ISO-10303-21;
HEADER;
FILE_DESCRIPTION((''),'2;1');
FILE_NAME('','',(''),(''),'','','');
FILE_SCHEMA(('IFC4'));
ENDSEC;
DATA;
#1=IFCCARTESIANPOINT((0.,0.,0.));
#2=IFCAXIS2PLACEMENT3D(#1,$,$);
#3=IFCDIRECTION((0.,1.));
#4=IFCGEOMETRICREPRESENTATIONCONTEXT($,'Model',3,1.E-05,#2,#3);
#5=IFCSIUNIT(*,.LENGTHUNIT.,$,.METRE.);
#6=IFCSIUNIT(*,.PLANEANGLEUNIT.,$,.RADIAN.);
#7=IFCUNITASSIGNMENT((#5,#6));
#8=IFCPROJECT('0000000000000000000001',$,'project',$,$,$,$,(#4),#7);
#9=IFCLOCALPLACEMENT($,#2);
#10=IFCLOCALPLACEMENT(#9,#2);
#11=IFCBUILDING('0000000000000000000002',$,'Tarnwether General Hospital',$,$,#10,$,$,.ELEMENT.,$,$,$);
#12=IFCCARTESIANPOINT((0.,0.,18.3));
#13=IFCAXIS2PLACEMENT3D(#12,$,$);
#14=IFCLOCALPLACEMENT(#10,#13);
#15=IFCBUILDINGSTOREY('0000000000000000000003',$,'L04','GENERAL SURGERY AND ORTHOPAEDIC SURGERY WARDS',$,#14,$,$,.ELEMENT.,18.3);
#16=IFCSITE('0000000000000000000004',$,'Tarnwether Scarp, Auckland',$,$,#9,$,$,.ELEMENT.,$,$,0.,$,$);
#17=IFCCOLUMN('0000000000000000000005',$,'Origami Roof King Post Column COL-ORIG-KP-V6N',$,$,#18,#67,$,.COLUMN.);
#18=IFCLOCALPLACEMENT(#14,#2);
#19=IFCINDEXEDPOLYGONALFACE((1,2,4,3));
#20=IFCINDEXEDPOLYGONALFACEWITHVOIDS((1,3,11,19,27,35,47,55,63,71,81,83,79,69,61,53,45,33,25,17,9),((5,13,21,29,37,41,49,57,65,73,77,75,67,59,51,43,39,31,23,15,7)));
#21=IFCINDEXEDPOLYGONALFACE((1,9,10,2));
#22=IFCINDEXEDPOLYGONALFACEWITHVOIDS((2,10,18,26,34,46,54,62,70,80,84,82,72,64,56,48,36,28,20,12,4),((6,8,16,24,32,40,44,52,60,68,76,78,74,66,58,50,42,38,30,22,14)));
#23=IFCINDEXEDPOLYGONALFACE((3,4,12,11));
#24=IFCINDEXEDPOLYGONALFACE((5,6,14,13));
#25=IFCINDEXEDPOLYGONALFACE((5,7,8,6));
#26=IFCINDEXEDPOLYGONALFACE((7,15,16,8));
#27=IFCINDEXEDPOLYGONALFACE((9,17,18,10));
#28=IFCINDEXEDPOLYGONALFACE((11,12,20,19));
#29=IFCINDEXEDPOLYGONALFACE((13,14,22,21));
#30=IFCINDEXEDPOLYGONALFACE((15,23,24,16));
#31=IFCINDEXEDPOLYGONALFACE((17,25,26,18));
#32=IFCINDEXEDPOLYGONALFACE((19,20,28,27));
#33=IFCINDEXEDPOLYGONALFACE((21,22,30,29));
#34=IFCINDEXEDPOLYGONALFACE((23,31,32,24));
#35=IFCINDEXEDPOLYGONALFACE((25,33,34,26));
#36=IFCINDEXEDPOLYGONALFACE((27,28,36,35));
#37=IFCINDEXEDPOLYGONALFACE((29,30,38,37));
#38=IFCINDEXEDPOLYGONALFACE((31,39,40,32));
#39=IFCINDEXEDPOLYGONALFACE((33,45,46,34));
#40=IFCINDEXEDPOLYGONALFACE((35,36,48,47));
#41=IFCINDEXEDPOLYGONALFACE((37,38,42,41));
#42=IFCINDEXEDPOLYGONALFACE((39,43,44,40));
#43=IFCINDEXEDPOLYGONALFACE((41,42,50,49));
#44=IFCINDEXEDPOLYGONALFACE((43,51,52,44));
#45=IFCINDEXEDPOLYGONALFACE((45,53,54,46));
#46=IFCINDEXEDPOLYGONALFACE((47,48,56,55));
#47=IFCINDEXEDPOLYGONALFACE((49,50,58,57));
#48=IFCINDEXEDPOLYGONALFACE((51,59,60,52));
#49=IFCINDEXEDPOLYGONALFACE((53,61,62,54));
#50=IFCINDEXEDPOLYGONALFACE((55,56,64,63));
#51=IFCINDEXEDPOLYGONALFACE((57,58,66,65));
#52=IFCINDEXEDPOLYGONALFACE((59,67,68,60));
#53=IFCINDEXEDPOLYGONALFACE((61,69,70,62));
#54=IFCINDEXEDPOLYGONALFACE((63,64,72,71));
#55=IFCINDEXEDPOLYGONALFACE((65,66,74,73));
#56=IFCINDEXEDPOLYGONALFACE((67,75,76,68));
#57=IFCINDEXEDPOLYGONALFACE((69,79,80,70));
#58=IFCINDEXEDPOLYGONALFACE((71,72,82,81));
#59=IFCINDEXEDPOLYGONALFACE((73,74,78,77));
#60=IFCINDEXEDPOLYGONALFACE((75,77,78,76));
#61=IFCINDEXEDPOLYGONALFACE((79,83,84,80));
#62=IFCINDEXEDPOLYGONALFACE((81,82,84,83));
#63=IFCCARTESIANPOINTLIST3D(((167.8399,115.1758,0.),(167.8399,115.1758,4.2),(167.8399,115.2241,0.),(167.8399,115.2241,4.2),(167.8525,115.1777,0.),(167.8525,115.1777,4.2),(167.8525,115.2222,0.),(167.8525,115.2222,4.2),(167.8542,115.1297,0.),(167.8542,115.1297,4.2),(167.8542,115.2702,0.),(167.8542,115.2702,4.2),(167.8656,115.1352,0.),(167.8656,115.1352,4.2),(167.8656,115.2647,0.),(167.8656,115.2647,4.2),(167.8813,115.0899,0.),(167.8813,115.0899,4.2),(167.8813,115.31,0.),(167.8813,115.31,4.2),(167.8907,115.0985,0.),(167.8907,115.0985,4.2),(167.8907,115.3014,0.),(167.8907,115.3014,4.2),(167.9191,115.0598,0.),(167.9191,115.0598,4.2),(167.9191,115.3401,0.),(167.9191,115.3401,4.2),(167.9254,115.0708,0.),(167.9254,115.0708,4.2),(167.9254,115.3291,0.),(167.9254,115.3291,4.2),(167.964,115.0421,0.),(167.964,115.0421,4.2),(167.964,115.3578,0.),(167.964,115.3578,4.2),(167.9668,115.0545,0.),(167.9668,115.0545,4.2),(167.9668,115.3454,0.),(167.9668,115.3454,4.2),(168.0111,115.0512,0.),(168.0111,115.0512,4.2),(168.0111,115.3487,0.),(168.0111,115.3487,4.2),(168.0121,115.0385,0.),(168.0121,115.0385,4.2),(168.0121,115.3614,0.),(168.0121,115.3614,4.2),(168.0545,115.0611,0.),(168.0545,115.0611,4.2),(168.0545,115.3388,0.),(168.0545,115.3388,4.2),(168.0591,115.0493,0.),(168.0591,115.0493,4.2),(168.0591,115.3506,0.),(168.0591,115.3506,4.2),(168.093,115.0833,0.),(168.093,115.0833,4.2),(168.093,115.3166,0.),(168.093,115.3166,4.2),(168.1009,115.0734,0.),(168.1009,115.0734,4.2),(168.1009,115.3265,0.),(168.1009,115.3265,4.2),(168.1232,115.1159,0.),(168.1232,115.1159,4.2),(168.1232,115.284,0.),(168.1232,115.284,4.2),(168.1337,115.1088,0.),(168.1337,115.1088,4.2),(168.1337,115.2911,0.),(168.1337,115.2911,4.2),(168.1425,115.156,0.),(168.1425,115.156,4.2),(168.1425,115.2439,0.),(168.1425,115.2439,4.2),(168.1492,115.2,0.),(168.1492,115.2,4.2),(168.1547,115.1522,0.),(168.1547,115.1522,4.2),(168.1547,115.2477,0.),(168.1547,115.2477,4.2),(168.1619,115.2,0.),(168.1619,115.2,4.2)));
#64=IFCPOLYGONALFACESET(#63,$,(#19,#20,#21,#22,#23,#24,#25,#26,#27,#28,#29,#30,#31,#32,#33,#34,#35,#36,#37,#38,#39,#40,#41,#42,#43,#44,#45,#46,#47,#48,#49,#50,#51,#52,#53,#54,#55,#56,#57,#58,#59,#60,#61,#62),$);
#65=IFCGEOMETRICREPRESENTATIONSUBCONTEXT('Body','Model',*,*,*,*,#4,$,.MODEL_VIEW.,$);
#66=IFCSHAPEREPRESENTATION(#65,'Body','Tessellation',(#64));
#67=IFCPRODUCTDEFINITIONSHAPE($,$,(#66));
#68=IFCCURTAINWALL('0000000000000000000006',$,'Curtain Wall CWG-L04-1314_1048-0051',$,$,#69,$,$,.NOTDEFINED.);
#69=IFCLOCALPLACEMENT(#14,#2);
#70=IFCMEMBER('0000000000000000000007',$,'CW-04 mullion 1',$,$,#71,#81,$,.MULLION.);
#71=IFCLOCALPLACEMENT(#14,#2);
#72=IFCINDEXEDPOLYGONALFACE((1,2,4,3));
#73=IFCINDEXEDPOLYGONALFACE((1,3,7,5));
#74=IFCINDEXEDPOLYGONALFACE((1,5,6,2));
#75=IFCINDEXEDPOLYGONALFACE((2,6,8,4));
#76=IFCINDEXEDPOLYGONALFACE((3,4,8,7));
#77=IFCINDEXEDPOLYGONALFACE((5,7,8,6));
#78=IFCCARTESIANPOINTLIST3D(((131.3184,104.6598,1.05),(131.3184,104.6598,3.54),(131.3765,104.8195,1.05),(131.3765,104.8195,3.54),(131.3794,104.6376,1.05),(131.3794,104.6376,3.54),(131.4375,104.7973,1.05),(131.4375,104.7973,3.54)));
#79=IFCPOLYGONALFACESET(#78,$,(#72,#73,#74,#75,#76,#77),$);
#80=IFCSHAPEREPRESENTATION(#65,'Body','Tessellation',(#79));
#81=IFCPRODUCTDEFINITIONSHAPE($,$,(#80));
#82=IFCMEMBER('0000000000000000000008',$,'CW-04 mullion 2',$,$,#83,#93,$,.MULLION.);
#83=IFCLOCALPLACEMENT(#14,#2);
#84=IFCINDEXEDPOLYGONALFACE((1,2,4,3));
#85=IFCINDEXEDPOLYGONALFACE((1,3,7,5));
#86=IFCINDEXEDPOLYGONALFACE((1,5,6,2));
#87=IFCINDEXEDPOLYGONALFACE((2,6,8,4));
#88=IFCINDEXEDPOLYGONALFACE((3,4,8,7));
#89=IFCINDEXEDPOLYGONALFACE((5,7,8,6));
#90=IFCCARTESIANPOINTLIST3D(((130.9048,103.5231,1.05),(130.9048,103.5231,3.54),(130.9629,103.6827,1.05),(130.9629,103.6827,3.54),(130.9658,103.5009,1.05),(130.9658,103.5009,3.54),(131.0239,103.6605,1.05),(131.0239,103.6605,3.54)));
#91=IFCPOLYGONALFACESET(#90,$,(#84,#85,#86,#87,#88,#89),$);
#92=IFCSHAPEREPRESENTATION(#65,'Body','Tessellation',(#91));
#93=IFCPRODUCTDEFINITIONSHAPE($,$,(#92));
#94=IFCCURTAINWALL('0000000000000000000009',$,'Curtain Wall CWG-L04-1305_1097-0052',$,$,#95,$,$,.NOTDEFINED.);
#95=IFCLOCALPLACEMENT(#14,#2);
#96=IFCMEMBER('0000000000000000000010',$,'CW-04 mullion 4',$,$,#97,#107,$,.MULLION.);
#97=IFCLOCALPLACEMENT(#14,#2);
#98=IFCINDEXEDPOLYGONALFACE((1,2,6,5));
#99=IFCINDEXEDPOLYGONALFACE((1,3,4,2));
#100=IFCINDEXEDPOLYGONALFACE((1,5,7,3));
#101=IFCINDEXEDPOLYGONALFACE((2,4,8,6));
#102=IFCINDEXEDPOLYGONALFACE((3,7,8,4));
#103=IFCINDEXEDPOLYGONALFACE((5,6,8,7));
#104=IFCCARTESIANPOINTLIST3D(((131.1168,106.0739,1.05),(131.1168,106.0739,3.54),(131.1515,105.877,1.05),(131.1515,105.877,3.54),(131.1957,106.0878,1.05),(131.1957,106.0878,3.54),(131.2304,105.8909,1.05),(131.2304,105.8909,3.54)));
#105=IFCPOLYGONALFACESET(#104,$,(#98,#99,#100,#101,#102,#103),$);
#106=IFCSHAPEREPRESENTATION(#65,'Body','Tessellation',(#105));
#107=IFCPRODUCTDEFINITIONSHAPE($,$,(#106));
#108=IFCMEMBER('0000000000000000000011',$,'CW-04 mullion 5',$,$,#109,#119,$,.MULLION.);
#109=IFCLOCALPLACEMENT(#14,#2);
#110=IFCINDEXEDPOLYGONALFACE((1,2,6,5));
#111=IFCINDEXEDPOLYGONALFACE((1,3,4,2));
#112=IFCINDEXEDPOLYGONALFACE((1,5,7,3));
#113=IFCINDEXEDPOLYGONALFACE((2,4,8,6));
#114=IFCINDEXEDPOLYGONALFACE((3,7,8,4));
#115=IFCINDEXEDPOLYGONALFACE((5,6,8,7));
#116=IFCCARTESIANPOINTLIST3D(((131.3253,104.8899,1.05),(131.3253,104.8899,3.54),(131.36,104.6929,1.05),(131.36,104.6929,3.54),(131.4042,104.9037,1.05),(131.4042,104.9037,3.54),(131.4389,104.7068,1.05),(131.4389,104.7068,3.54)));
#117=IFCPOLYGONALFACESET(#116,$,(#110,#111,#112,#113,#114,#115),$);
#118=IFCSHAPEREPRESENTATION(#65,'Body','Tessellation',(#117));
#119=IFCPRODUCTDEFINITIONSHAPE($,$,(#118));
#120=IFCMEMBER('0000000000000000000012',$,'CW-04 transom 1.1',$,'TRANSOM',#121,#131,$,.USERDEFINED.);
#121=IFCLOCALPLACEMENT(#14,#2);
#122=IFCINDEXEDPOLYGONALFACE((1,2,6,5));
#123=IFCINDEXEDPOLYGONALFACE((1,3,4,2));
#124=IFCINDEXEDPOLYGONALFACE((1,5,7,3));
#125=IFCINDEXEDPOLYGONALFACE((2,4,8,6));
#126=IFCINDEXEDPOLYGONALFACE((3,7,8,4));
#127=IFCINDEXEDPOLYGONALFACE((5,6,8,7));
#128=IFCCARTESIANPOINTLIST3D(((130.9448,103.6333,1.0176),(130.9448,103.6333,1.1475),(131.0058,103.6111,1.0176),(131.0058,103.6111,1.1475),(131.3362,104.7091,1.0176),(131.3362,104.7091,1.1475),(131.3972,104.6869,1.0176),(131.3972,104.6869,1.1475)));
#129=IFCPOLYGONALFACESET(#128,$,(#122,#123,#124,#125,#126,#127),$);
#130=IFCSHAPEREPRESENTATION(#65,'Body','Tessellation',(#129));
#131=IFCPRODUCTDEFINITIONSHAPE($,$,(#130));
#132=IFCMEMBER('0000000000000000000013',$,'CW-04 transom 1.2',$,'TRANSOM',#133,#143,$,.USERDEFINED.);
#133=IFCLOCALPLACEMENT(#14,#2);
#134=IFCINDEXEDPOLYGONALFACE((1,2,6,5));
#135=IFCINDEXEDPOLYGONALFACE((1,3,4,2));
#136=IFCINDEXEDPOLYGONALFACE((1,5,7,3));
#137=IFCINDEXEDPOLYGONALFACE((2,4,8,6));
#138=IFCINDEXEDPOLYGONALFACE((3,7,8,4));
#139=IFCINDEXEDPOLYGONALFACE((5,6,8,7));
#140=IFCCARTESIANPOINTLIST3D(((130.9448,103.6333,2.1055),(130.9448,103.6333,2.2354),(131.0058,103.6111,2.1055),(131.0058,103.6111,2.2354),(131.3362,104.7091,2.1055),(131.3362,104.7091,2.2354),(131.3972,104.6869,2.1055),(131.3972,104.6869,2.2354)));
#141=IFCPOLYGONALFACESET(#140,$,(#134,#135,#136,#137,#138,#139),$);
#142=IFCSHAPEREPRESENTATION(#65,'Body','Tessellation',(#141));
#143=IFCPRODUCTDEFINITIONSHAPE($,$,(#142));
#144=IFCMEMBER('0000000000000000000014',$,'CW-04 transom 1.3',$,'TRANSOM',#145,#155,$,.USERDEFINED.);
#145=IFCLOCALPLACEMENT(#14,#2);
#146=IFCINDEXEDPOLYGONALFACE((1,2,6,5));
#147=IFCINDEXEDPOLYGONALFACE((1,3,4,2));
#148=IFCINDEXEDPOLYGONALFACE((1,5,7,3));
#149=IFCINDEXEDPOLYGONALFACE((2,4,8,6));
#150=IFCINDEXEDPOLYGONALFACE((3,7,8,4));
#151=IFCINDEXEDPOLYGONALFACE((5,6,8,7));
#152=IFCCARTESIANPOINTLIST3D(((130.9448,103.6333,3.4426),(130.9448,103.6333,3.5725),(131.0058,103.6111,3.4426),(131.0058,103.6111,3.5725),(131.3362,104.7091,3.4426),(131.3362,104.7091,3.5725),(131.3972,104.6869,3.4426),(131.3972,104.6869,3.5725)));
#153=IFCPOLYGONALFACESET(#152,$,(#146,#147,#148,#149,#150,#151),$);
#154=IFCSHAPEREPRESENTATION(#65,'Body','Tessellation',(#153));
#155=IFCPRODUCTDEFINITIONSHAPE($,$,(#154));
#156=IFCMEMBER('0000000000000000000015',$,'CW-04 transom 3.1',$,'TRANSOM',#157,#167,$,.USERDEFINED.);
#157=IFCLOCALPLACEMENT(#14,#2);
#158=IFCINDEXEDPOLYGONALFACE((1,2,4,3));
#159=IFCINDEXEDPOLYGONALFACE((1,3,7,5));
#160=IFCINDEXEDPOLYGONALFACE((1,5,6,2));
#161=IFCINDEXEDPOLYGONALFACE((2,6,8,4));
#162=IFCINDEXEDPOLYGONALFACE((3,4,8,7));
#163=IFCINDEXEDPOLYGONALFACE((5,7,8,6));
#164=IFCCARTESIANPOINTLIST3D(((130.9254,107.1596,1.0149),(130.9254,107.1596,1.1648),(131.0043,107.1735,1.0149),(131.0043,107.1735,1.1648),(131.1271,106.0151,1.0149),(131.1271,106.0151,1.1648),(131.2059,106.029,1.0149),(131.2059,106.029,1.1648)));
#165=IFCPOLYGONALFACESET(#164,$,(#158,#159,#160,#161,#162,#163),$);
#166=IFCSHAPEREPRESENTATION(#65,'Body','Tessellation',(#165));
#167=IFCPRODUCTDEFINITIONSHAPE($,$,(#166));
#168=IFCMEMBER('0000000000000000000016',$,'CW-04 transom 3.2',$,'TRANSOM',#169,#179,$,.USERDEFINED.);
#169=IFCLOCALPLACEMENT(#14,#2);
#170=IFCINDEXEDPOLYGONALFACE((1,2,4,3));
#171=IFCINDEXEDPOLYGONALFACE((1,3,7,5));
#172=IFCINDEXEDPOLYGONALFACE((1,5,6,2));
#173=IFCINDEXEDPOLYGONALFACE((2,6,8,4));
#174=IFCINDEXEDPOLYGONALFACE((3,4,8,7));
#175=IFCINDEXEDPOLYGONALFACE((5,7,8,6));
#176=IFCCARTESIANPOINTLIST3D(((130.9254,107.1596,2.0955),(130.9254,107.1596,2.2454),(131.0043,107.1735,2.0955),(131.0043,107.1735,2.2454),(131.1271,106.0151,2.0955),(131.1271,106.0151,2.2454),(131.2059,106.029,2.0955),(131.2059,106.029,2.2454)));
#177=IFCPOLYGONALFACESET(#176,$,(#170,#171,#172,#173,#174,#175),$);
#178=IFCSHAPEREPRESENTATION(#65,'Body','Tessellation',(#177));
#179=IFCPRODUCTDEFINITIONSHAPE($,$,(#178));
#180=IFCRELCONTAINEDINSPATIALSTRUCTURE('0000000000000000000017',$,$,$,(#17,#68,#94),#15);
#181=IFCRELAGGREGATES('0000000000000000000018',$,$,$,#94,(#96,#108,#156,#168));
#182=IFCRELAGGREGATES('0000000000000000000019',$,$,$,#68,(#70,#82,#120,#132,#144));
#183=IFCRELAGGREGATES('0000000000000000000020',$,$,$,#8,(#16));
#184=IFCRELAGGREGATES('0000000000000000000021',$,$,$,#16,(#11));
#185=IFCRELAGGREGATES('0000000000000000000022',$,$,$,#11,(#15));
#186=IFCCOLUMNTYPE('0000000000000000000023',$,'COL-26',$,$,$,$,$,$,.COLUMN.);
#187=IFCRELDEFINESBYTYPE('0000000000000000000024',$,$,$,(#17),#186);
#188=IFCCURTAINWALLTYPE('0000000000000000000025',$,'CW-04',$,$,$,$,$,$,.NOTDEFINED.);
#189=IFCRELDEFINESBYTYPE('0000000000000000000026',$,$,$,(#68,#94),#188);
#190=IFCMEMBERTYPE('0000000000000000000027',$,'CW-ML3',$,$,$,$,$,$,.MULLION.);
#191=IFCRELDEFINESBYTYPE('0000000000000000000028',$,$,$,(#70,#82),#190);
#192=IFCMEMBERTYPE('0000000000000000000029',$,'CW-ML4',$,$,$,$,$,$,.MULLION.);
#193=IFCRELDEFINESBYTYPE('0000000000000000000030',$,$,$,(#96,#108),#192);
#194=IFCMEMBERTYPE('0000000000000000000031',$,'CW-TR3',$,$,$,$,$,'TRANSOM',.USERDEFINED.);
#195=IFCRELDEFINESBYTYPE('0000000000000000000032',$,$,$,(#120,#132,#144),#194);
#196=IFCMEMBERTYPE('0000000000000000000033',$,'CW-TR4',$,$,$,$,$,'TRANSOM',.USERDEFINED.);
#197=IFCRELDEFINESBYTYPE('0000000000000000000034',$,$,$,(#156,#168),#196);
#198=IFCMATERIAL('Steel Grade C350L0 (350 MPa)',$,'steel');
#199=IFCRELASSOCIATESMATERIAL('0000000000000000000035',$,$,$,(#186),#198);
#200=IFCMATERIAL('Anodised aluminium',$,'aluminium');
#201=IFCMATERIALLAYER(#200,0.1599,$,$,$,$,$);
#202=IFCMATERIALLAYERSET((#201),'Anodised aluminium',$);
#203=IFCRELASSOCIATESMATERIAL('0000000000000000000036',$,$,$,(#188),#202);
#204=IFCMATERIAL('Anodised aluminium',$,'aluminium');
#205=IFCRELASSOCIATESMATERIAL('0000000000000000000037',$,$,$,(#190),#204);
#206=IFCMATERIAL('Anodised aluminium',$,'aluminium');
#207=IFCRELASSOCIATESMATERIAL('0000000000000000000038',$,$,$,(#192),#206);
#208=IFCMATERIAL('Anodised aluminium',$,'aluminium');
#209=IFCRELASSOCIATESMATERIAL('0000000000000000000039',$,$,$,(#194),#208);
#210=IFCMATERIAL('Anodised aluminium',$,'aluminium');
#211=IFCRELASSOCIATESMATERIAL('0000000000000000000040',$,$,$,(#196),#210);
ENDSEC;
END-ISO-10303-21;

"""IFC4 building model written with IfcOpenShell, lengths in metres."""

from ifc_helpers import new_model, si_unit, direction, frame, origin, origin_2d, place, context, subcontext, project, spatial, rectangle, hollow_circle, extrude, material, layer, layer_set, material_profile, profile_set, type_object, element, aggregate, save


model = new_model("IFC4")

# Units and contexts
model_context = context("Model", 3, precision=1e-05, world=origin(), true_north=direction((0.0, 1.0)))
body_context = subcontext(model_context, "Body", "Model", "MODEL_VIEW")
ifc_project = project(units=[si_unit("LENGTHUNIT", "METRE"), si_unit("PLANEANGLEUNIT", "RADIAN")], contexts=[model_context])

# Site, building, storey
site_placement = place(None, origin())
site = spatial("IfcSite", under=ifc_project, at=site_placement, Name="Tarnwether Scarp, Auckland", CompositionType="ELEMENT", RefElevation=0.0)
building_placement = place(site_placement, origin())
building = spatial("IfcBuilding", under=site, at=building_placement, Name="Tarnwether General Hospital", CompositionType="ELEMENT")
storey_placement = place(building_placement, frame((0.0, 0.0, 18.3)))
storey = spatial("IfcBuildingStorey", under=building, at=storey_placement, Name="L04", Description="GENERAL SURGERY AND ORTHOPAEDIC SURGERY WARDS", CompositionType="ELEMENT", Elevation=18.3)

# Column
ifc_material_1 = material(Name="Steel Grade C350L0 (350 MPa)", Category="steel")
ifc_material_profile_1 = material_profile(ifc_material_1, hollow_circle(Radius=0.1619, WallThickness=0.0127, at=origin_2d()), Name="CHS323.9x12.7")
ifc_profile_set_1 = profile_set([ifc_material_profile_1], Name="Steel Grade C350L0 (350 MPa)")
column_type = type_object("IfcColumnType", Name="COL-26", PredefinedType="COLUMN", material=ifc_profile_set_1)
column_placement = place(storey_placement, frame((168.0, 115.2, 0.0), z_axis=(0.0, 0.0, 1.0), x_axis=(1.0, 0.0, 0.0)))
element("IfcColumn", 1, at=column_placement, inside=storey, type_object=column_type, Name="Origami Roof King Post Column COL-ORIG-KP-V6N", PredefinedType="COLUMN", context=body_context, shape_type="SweptSolid", body=[
    extrude(hollow_circle(Radius=0.1619, WallThickness=0.0127, at=origin_2d()), origin(), (0.0, 0.0, 1.0), 4.2),
])

# Curtain walls, members
ifc_material_2 = material(Name="Anodised aluminium", Category="aluminium")
ifc_layer_1 = layer(ifc_material_2, 0.1599)
ifc_layer_set_1 = layer_set([ifc_layer_1], Name="Anodised aluminium")
curtain_wall_type = type_object("IfcCurtainWallType", Name="CW-04", PredefinedType="NOTDEFINED", material=ifc_layer_set_1)
curtain_wall_1_placement = place(storey_placement, origin())
curtain_wall_1 = element("IfcCurtainWall", 2, at=curtain_wall_1_placement, inside=storey, type_object=curtain_wall_type, Name="Curtain Wall CWG-L04-1314_1048-0051", PredefinedType="NOTDEFINED")
ifc_material_3 = material(Name="Anodised aluminium", Category="aluminium")
ifc_material_profile_2 = material_profile(ifc_material_3, rectangle(XDim=0.0649, YDim=0.1699, at=origin_2d()), Name="ALU-MUL-65x170")
ifc_profile_set_2 = profile_set([ifc_material_profile_2], Name="Anodised aluminium")
member_type_1 = type_object("IfcMemberType", Name="CW-ML3", PredefinedType="MULLION", material=ifc_profile_set_2)
member_1_placement = place(storey_placement, frame((131.3779, 104.7285, 1.05), z_axis=(0.0, 0.0, 1.0), x_axis=(0.939717, -0.341953, 0.0)))
member_1 = element("IfcMember", 3, at=member_1_placement, type_object=member_type_1, Name="CW-04 mullion 1", PredefinedType="MULLION", context=body_context, shape_type="SweptSolid", body=[
    extrude(rectangle(XDim=0.0649, YDim=0.1699, at=origin_2d()), origin(), (0.0, 0.0, 1.0), 2.49),
])
member_2_placement = place(storey_placement, frame((130.9644, 103.5918, 1.05), z_axis=(0.0, 0.0, 1.0), x_axis=(0.939717, -0.341953, 0.0)))
member_2 = element("IfcMember", 4, at=member_2_placement, type_object=member_type_1, Name="CW-04 mullion 2", PredefinedType="MULLION", context=body_context, shape_type="SweptSolid", body=[
    extrude(rectangle(XDim=0.0649, YDim=0.1699, at=origin_2d()), origin(), (0.0, 0.0, 1.0), 2.49),
])
curtain_wall_2_placement = place(storey_placement, origin())
curtain_wall_2 = element("IfcCurtainWall", 5, at=curtain_wall_2_placement, inside=storey, type_object=curtain_wall_type, Name="Curtain Wall CWG-L04-1305_1097-0052", PredefinedType="NOTDEFINED")
ifc_material_4 = material(Name="Anodised aluminium", Category="aluminium")
ifc_material_profile_3 = material_profile(ifc_material_4, rectangle(XDim=0.0801, YDim=0.2, at=origin_2d()), Name="ALU-MUL-80x200")
ifc_profile_set_3 = profile_set([ifc_material_profile_3], Name="Anodised aluminium")
member_type_2 = type_object("IfcMemberType", Name="CW-ML4", PredefinedType="MULLION", material=ifc_profile_set_3)
member_3_placement = place(storey_placement, frame((131.1736, 105.9824, 1.05), z_axis=(0.0, 0.0, 1.0), x_axis=(0.98484, 0.173464, 0.0)))
member_3 = element("IfcMember", 6, at=member_3_placement, type_object=member_type_2, Name="CW-04 mullion 4", PredefinedType="MULLION", context=body_context, shape_type="SweptSolid", body=[
    extrude(rectangle(XDim=0.0801, YDim=0.2, at=origin_2d()), origin(), (0.0, 0.0, 1.0), 2.49),
])
member_4_placement = place(storey_placement, frame((131.3821, 104.7983, 1.05), z_axis=(0.0, 0.0, 1.0), x_axis=(0.98484, 0.173464, 0.0)))
member_4 = element("IfcMember", 7, at=member_4_placement, type_object=member_type_2, Name="CW-04 mullion 5", PredefinedType="MULLION", context=body_context, shape_type="SweptSolid", body=[
    extrude(rectangle(XDim=0.0801, YDim=0.2, at=origin_2d()), origin(), (0.0, 0.0, 1.0), 2.49),
])

# Members
ifc_material_5 = material(Name="Anodised aluminium", Category="aluminium")
ifc_material_profile_4 = material_profile(ifc_material_5, rectangle(XDim=0.0649, YDim=0.1299, at=origin_2d()), Name="ALU-TRN-65x130")
ifc_profile_set_4 = profile_set([ifc_material_profile_4], Name="Anodised aluminium")
member_type_3 = type_object("IfcMemberType", Name="CW-TR3", ElementType="TRANSOM", PredefinedType="USERDEFINED", material=ifc_profile_set_4)
member_5_placement = place(storey_placement, frame((131.3667, 104.698, 1.0825), z_axis=(-0.341897, -0.939737, 0.0), x_axis=(0.939737, -0.341897, 0.0)))
member_5 = element("IfcMember", 8, at=member_5_placement, type_object=member_type_3, Name="CW-04 transom 1.1", ObjectType="TRANSOM", PredefinedType="USERDEFINED", context=body_context, shape_type="SweptSolid", body=[
    extrude(rectangle(XDim=0.0649, YDim=0.1299, at=origin_2d()), origin(), (0.0, 0.0, 1.0), 1.1448),
])
member_6_placement = place(storey_placement, frame((131.3667, 104.698, 2.1704), z_axis=(-0.341897, -0.939737, 0.0), x_axis=(0.939737, -0.341897, 0.0)))
member_6 = element("IfcMember", 9, at=member_6_placement, type_object=member_type_3, Name="CW-04 transom 1.2", ObjectType="TRANSOM", PredefinedType="USERDEFINED", context=body_context, shape_type="SweptSolid", body=[
    extrude(rectangle(XDim=0.0649, YDim=0.1299, at=origin_2d()), origin(), (0.0, 0.0, 1.0), 1.1448),
])
member_7_placement = place(storey_placement, frame((131.3667, 104.698, 3.5076), z_axis=(-0.341897, -0.939737, 0.0), x_axis=(0.939737, -0.341897, 0.0)))
member_7 = element("IfcMember", 10, at=member_7_placement, type_object=member_type_3, Name="CW-04 transom 1.3", ObjectType="TRANSOM", PredefinedType="USERDEFINED", context=body_context, shape_type="SweptSolid", body=[
    extrude(rectangle(XDim=0.0649, YDim=0.1299, at=origin_2d()), origin(), (0.0, 0.0, 1.0), 1.1448),
])
ifc_material_6 = material(Name="Anodised aluminium", Category="aluminium")
ifc_material_profile_5 = material_profile(ifc_material_6, rectangle(XDim=0.0801, YDim=0.1499, at=origin_2d()), Name="ALU-TRN-80x150")
ifc_profile_set_5 = profile_set([ifc_material_profile_5], Name="Anodised aluminium")
member_type_4 = type_object("IfcMemberType", Name="CW-TR4", ElementType="TRANSOM", PredefinedType="USERDEFINED", material=ifc_profile_set_5)
member_8_placement = place(storey_placement, frame((130.9648, 107.1665, 1.0898), z_axis=(0.173522, -0.98483, 0.0), x_axis=(0.98483, 0.173522, 0.0)))
member_8 = element("IfcMember", 11, at=member_8_placement, type_object=member_type_4, Name="CW-04 transom 3.1", ObjectType="TRANSOM", PredefinedType="USERDEFINED", context=body_context, shape_type="SweptSolid", body=[
    extrude(rectangle(XDim=0.0801, YDim=0.1499, at=origin_2d()), origin(), (0.0, 0.0, 1.0), 1.1621),
])
member_9_placement = place(storey_placement, frame((130.9648, 107.1665, 2.1704), z_axis=(0.173522, -0.98483, 0.0), x_axis=(0.98483, 0.173522, 0.0)))
member_9 = element("IfcMember", 12, at=member_9_placement, type_object=member_type_4, Name="CW-04 transom 3.2", ObjectType="TRANSOM", PredefinedType="USERDEFINED", context=body_context, shape_type="SweptSolid", body=[
    extrude(rectangle(XDim=0.0801, YDim=0.1499, at=origin_2d()), origin(), (0.0, 0.0, 1.0), 1.1621),
])

aggregate(curtain_wall_2, [member_3, member_4, member_8, member_9])
aggregate(curtain_wall_1, [member_1, member_2, member_5, member_6, member_7])

save(model, "model.ifc")
